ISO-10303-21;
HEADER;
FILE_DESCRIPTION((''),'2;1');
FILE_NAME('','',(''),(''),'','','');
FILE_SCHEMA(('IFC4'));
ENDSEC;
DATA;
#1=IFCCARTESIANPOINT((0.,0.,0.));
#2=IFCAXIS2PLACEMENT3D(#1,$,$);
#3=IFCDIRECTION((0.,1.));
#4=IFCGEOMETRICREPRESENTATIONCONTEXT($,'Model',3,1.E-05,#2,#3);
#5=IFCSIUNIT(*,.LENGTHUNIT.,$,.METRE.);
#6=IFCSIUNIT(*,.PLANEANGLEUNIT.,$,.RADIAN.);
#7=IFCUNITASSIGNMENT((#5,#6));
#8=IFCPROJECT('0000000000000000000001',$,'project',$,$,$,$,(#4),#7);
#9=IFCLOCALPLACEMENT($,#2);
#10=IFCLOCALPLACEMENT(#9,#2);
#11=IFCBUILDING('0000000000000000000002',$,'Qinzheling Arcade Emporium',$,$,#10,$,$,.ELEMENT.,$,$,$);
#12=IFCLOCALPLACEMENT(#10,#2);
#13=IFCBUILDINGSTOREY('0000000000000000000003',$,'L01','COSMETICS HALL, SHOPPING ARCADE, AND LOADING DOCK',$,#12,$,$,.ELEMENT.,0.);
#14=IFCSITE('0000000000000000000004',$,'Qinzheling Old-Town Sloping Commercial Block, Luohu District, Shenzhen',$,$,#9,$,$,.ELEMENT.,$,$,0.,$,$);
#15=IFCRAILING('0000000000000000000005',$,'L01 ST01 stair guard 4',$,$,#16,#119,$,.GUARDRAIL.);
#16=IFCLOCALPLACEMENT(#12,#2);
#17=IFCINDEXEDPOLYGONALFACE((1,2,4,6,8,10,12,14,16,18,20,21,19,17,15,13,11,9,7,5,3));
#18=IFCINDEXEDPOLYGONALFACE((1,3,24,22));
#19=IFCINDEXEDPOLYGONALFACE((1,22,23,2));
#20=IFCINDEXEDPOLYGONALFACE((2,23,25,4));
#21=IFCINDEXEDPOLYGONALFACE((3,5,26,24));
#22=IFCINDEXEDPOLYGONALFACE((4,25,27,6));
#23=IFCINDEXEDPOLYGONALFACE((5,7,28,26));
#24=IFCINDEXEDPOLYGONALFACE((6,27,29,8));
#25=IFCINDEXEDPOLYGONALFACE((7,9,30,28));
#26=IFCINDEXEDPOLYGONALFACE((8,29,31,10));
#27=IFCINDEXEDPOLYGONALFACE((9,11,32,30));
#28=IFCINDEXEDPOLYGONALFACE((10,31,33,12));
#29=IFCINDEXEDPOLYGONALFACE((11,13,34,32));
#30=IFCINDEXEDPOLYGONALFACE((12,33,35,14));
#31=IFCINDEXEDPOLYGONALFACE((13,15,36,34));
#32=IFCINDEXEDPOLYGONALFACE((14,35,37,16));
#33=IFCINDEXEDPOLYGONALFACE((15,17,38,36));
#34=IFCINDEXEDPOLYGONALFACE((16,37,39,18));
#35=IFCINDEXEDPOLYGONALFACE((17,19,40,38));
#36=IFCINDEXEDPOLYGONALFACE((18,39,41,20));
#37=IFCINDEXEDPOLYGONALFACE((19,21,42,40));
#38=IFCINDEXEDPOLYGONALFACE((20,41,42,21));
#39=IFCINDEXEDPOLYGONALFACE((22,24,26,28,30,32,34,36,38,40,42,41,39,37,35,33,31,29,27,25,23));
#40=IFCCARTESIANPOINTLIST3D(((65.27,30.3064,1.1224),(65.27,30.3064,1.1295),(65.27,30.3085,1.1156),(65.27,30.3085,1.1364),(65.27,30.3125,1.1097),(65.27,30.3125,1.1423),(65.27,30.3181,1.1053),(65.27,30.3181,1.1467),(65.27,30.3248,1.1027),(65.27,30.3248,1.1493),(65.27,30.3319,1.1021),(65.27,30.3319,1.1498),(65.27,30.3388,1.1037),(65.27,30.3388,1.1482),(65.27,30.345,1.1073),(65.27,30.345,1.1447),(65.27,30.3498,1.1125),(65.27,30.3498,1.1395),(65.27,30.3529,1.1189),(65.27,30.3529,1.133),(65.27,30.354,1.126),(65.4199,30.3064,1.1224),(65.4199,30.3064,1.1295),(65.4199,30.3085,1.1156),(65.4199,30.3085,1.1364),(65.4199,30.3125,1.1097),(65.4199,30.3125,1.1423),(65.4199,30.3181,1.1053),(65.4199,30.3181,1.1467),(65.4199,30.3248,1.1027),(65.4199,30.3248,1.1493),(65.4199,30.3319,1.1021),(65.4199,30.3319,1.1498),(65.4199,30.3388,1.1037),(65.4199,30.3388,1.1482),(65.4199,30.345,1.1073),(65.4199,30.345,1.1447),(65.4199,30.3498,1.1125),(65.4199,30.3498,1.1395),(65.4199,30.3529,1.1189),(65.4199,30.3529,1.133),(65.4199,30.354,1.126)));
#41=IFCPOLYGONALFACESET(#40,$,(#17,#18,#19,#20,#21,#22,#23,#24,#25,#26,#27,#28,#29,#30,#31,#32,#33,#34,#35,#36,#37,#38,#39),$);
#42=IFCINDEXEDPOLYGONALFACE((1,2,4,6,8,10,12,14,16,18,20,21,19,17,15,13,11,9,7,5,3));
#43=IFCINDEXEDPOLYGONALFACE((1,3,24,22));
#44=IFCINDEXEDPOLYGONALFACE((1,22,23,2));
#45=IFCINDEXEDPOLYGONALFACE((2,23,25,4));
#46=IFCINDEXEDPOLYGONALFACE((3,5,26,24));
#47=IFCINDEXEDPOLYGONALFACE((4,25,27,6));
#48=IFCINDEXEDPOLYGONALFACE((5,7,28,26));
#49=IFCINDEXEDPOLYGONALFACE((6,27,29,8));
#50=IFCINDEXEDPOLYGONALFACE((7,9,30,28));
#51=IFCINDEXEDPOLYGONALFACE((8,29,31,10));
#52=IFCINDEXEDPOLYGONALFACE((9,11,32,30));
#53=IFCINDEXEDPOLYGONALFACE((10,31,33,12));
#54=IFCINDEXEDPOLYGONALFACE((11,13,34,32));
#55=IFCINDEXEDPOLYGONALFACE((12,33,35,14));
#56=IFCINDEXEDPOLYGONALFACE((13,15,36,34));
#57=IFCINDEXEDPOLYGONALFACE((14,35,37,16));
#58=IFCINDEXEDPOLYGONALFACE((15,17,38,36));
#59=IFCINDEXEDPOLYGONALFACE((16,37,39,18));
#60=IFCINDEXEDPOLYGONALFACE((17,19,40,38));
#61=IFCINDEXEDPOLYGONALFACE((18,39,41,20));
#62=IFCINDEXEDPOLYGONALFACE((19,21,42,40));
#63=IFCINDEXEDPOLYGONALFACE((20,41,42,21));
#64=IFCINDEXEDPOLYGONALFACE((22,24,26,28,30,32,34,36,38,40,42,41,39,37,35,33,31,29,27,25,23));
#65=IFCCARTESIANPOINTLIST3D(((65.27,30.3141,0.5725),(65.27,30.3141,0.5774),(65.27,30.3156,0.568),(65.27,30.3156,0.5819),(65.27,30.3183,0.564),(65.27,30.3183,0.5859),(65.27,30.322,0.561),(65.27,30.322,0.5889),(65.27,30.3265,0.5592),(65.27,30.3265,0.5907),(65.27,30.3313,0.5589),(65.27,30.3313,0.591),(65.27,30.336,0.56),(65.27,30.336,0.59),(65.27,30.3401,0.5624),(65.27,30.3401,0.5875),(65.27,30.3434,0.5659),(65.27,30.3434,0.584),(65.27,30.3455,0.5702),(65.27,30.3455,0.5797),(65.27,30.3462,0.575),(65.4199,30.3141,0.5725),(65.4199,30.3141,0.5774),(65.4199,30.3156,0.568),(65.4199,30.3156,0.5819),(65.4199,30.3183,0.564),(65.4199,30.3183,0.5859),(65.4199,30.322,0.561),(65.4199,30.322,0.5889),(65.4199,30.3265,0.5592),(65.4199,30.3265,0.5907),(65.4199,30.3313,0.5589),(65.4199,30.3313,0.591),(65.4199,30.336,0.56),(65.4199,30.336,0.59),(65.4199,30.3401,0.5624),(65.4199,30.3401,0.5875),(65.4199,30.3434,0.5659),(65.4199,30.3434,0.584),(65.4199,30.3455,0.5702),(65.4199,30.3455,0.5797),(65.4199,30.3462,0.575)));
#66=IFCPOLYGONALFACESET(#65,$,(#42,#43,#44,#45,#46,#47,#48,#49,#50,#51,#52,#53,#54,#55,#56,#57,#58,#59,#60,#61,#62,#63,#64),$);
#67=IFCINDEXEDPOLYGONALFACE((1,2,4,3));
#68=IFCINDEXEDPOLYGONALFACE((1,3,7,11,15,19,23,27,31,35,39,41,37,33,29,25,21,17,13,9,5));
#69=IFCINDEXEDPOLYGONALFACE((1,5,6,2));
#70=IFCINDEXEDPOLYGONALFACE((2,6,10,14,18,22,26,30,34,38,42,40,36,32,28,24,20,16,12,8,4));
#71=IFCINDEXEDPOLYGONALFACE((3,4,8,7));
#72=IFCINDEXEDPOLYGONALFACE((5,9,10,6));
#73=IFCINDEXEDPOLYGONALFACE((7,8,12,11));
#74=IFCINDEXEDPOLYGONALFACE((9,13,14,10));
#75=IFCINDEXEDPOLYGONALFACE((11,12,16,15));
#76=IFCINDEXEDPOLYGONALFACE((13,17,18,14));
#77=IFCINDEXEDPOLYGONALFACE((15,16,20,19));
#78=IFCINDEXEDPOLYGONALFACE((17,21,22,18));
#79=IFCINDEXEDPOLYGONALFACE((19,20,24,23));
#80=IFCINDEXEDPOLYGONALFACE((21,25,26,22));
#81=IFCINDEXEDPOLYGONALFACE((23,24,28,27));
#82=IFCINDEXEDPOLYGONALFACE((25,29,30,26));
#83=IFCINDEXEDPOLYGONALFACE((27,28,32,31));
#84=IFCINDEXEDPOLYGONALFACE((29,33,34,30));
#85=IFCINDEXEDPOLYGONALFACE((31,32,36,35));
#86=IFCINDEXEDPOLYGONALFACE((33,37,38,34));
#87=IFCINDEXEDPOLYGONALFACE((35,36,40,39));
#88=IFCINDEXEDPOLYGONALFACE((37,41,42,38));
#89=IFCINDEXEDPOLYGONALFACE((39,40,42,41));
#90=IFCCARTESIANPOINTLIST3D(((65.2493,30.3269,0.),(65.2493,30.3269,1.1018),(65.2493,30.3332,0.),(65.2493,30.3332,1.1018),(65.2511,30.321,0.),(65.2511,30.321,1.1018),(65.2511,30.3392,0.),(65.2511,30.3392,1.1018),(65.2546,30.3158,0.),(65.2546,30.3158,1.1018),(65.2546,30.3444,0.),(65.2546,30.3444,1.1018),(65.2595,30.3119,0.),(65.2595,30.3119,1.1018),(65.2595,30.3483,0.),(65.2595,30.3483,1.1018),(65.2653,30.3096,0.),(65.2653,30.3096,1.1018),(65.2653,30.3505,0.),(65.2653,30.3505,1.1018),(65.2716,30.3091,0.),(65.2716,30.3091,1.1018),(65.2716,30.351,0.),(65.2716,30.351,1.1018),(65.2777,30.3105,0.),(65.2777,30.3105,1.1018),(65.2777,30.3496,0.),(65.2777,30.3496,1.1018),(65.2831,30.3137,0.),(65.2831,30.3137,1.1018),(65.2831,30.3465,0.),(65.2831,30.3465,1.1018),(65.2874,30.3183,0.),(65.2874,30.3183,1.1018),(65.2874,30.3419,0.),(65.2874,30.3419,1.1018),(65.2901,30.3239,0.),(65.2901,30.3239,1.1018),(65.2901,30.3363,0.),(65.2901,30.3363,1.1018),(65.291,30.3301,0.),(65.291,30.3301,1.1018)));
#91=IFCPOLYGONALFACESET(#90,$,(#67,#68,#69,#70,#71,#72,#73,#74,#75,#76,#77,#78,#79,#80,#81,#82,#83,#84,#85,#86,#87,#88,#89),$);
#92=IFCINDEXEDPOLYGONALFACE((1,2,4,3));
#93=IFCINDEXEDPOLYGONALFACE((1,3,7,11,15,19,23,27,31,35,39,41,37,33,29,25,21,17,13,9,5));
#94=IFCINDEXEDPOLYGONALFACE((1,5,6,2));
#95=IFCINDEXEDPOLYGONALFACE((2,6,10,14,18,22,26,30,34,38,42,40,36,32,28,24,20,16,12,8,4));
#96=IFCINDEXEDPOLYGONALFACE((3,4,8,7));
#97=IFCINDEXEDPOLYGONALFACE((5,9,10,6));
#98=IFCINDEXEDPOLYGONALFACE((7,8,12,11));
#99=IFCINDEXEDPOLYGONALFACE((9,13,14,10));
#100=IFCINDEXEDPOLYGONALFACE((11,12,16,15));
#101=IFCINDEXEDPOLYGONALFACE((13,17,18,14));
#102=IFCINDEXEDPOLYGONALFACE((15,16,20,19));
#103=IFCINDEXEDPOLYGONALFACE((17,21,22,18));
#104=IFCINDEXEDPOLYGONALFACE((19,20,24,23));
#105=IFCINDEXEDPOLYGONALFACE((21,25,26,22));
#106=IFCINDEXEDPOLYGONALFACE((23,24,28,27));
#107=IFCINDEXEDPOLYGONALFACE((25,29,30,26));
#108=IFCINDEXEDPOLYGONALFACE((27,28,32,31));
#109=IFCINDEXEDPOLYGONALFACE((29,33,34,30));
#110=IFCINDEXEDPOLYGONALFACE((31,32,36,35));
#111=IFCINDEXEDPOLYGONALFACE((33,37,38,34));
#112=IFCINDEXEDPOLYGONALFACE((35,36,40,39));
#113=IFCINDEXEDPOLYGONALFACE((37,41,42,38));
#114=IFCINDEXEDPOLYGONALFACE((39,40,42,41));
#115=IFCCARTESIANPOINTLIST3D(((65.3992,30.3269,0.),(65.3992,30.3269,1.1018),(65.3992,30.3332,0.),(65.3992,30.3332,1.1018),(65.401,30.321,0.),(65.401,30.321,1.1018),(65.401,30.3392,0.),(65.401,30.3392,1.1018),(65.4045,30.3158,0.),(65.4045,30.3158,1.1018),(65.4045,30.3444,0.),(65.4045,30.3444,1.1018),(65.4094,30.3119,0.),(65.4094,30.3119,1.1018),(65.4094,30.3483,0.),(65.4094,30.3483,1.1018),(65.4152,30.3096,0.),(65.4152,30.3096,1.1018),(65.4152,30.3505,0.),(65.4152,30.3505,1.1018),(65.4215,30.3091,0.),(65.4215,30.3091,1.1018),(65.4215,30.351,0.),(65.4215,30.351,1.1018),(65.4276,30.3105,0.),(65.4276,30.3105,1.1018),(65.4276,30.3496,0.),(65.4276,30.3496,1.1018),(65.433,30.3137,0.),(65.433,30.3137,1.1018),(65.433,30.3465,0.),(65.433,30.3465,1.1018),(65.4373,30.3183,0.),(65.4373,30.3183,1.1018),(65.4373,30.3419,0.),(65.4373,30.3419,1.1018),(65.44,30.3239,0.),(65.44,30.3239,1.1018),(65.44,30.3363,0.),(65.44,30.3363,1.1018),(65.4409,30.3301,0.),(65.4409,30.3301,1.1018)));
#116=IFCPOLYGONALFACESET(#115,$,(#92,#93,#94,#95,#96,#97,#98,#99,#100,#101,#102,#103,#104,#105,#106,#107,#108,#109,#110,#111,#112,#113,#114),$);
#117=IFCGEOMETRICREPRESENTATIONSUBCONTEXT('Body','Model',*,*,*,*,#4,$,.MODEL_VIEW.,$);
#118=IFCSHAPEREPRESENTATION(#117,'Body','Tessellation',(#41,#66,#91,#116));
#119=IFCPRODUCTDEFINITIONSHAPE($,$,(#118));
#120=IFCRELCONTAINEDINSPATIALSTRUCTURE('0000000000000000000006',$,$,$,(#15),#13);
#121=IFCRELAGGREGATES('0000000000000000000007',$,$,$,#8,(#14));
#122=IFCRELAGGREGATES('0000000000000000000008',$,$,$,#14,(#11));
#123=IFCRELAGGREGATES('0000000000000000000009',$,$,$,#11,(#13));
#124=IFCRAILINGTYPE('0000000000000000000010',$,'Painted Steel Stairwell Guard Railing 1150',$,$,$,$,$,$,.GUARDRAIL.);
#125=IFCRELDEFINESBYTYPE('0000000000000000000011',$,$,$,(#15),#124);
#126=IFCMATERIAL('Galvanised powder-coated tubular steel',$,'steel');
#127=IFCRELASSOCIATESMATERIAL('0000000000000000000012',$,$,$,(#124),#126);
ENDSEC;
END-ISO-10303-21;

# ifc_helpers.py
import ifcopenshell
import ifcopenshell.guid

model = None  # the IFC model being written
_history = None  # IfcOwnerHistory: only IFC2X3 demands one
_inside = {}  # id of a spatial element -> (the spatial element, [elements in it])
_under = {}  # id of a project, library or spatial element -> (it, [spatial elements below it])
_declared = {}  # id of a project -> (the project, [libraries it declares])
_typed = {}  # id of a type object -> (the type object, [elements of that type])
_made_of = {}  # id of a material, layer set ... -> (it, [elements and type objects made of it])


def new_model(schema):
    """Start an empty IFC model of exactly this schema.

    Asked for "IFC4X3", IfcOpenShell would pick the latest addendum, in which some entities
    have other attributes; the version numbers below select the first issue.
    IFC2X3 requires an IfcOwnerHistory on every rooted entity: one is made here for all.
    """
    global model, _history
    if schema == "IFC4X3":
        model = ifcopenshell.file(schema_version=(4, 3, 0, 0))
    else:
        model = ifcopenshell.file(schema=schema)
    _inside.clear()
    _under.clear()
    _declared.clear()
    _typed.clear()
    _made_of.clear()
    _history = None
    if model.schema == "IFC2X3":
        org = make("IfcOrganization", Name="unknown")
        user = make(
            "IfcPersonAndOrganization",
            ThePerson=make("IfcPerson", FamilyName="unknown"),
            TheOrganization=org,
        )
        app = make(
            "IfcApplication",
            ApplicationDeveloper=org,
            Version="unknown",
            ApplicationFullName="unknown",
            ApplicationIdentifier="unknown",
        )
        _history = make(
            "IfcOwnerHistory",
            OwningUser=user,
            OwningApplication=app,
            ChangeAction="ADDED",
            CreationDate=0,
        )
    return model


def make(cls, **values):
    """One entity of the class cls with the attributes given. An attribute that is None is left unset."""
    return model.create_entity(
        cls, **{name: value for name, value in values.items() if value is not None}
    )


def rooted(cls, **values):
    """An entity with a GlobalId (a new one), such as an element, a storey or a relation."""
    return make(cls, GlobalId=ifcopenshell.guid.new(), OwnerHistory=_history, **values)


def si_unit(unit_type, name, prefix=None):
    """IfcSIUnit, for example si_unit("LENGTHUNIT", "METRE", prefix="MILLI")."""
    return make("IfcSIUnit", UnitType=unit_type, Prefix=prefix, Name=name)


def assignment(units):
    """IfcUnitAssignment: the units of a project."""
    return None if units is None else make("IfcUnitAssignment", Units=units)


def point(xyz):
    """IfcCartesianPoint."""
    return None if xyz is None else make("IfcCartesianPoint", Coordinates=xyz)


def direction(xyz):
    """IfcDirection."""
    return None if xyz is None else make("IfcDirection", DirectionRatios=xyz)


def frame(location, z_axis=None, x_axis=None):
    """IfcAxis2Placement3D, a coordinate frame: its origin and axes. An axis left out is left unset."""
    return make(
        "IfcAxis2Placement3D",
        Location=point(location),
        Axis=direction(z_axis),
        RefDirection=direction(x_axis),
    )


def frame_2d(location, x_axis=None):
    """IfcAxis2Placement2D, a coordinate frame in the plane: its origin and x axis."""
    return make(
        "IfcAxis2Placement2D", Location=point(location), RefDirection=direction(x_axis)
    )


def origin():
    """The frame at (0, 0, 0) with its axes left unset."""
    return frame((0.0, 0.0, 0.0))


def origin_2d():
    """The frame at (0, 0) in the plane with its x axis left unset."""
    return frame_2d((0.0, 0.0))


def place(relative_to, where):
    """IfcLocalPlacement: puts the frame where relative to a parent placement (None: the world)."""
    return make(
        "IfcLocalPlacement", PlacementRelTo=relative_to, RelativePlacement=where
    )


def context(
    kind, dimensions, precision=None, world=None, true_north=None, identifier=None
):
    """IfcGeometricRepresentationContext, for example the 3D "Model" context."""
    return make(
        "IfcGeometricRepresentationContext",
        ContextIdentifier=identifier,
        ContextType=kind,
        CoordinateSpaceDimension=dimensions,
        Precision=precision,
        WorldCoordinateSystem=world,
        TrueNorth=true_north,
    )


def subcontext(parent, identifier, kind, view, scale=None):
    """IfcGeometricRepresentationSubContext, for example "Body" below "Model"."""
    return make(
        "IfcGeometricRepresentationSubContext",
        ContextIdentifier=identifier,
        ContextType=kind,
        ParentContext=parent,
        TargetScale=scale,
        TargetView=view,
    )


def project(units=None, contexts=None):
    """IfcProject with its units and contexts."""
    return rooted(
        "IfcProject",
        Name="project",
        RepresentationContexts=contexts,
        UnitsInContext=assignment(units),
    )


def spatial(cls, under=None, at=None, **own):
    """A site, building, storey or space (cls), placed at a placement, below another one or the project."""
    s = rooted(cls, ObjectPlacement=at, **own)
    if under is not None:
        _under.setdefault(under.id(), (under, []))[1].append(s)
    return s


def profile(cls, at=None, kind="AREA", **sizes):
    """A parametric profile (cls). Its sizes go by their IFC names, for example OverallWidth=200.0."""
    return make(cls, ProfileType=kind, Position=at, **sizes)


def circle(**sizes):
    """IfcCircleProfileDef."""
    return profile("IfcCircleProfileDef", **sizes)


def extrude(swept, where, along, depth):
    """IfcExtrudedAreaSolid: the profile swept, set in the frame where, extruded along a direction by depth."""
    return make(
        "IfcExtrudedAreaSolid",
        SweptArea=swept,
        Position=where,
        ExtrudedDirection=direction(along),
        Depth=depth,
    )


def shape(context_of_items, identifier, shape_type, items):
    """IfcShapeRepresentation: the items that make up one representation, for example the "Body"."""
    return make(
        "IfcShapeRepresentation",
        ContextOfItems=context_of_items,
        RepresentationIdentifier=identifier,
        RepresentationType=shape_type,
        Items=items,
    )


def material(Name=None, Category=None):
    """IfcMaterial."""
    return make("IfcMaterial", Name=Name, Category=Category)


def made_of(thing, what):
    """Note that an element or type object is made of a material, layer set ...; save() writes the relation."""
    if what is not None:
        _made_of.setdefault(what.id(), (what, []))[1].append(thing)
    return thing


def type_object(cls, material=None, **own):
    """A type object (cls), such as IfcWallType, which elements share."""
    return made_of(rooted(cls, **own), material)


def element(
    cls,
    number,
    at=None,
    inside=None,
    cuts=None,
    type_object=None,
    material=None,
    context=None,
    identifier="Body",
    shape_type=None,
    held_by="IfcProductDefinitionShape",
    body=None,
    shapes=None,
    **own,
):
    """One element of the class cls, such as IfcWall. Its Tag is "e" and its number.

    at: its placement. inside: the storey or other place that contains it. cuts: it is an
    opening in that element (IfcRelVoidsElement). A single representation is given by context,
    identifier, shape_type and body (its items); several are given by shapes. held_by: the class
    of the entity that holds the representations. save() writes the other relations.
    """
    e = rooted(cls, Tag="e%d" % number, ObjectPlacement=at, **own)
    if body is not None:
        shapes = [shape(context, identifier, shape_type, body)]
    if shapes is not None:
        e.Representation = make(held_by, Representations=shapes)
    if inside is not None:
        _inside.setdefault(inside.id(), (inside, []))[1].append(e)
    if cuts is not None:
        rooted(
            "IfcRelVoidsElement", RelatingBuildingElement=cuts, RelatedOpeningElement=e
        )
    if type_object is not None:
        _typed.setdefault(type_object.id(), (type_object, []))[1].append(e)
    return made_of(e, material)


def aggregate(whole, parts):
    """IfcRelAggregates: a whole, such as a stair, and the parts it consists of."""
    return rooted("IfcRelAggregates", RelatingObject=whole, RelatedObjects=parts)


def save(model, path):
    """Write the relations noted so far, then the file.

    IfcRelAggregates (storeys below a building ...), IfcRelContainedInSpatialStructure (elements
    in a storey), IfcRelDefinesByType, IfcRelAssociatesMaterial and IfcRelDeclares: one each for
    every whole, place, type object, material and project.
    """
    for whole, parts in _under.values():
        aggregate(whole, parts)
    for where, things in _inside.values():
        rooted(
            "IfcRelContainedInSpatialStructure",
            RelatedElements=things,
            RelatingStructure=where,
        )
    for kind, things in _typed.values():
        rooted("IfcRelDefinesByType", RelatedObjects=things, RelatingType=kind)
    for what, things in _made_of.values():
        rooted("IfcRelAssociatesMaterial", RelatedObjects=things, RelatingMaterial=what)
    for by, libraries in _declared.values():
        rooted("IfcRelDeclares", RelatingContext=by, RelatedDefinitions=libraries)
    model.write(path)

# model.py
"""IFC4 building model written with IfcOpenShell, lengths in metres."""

from ifc_helpers import new_model, si_unit, direction, frame, origin, origin_2d, place, context, subcontext, project, spatial, circle, extrude, material, type_object, element, save


model = new_model("IFC4")

# Units and contexts
model_context = context("Model", 3, precision=1e-05, world=origin(), true_north=direction((0.0, 1.0)))
body_context = subcontext(model_context, "Body", "Model", "MODEL_VIEW")
ifc_project = project(units=[si_unit("LENGTHUNIT", "METRE"), si_unit("PLANEANGLEUNIT", "RADIAN")], contexts=[model_context])

# Site, building, storey
site_placement = place(None, origin())
site = spatial("IfcSite", under=ifc_project, at=site_placement, Name="Qinzheling Old-Town Sloping Commercial Block, Luohu District, Shenzhen", CompositionType="ELEMENT", RefElevation=0.0)
building_placement = place(site_placement, origin())
building = spatial("IfcBuilding", under=site, at=building_placement, Name="Qinzheling Arcade Emporium", CompositionType="ELEMENT")
storey_placement = place(building_placement, origin())
storey = spatial("IfcBuildingStorey", under=building, at=storey_placement, Name="L01", Description="COSMETICS HALL, SHOPPING ARCADE, AND LOADING DOCK", CompositionType="ELEMENT", Elevation=0.0)

# Railing
ifc_material_1 = material(Name="Galvanised powder-coated tubular steel", Category="steel")
railing_type_1 = type_object("IfcRailingType", Name="Painted Steel Stairwell Guard Railing 1150", PredefinedType="GUARDRAIL", material=ifc_material_1)
railing_1_placement = place(storey_placement, frame((65.27, 30.3301, 0.0)))
element("IfcRailing", 1, at=railing_1_placement, inside=storey, type_object=railing_type_1, Name="L01 ST01 stair guard 4", PredefinedType="GUARDRAIL", context=body_context, shape_type="SweptSolid", body=[
    extrude(circle(Radius=0.0239, at=origin_2d()), frame((0.0, 0.0, 1.126), z_axis=(1.0, 0.0, 0.0), x_axis=(0.0, 1.0, 0.0)), (0.0, 0.0, 1.0), 0.1499),
    extrude(circle(Radius=0.0161, at=origin_2d()), frame((0.0, 0.0, 0.575), z_axis=(1.0, 0.0, 0.0), x_axis=(0.0, 1.0, 0.0)), (0.0, 0.0, 1.0), 0.1499),
    extrude(circle(Radius=0.021, at=origin_2d()), origin(), (0.0, 0.0, 1.0), 1.1018),
    extrude(circle(Radius=0.021, at=origin_2d()), frame((0.1499, 0.0, 0.0)), (0.0, 0.0, 1.0), 1.1018),
])

save(model, "model.ifc")
